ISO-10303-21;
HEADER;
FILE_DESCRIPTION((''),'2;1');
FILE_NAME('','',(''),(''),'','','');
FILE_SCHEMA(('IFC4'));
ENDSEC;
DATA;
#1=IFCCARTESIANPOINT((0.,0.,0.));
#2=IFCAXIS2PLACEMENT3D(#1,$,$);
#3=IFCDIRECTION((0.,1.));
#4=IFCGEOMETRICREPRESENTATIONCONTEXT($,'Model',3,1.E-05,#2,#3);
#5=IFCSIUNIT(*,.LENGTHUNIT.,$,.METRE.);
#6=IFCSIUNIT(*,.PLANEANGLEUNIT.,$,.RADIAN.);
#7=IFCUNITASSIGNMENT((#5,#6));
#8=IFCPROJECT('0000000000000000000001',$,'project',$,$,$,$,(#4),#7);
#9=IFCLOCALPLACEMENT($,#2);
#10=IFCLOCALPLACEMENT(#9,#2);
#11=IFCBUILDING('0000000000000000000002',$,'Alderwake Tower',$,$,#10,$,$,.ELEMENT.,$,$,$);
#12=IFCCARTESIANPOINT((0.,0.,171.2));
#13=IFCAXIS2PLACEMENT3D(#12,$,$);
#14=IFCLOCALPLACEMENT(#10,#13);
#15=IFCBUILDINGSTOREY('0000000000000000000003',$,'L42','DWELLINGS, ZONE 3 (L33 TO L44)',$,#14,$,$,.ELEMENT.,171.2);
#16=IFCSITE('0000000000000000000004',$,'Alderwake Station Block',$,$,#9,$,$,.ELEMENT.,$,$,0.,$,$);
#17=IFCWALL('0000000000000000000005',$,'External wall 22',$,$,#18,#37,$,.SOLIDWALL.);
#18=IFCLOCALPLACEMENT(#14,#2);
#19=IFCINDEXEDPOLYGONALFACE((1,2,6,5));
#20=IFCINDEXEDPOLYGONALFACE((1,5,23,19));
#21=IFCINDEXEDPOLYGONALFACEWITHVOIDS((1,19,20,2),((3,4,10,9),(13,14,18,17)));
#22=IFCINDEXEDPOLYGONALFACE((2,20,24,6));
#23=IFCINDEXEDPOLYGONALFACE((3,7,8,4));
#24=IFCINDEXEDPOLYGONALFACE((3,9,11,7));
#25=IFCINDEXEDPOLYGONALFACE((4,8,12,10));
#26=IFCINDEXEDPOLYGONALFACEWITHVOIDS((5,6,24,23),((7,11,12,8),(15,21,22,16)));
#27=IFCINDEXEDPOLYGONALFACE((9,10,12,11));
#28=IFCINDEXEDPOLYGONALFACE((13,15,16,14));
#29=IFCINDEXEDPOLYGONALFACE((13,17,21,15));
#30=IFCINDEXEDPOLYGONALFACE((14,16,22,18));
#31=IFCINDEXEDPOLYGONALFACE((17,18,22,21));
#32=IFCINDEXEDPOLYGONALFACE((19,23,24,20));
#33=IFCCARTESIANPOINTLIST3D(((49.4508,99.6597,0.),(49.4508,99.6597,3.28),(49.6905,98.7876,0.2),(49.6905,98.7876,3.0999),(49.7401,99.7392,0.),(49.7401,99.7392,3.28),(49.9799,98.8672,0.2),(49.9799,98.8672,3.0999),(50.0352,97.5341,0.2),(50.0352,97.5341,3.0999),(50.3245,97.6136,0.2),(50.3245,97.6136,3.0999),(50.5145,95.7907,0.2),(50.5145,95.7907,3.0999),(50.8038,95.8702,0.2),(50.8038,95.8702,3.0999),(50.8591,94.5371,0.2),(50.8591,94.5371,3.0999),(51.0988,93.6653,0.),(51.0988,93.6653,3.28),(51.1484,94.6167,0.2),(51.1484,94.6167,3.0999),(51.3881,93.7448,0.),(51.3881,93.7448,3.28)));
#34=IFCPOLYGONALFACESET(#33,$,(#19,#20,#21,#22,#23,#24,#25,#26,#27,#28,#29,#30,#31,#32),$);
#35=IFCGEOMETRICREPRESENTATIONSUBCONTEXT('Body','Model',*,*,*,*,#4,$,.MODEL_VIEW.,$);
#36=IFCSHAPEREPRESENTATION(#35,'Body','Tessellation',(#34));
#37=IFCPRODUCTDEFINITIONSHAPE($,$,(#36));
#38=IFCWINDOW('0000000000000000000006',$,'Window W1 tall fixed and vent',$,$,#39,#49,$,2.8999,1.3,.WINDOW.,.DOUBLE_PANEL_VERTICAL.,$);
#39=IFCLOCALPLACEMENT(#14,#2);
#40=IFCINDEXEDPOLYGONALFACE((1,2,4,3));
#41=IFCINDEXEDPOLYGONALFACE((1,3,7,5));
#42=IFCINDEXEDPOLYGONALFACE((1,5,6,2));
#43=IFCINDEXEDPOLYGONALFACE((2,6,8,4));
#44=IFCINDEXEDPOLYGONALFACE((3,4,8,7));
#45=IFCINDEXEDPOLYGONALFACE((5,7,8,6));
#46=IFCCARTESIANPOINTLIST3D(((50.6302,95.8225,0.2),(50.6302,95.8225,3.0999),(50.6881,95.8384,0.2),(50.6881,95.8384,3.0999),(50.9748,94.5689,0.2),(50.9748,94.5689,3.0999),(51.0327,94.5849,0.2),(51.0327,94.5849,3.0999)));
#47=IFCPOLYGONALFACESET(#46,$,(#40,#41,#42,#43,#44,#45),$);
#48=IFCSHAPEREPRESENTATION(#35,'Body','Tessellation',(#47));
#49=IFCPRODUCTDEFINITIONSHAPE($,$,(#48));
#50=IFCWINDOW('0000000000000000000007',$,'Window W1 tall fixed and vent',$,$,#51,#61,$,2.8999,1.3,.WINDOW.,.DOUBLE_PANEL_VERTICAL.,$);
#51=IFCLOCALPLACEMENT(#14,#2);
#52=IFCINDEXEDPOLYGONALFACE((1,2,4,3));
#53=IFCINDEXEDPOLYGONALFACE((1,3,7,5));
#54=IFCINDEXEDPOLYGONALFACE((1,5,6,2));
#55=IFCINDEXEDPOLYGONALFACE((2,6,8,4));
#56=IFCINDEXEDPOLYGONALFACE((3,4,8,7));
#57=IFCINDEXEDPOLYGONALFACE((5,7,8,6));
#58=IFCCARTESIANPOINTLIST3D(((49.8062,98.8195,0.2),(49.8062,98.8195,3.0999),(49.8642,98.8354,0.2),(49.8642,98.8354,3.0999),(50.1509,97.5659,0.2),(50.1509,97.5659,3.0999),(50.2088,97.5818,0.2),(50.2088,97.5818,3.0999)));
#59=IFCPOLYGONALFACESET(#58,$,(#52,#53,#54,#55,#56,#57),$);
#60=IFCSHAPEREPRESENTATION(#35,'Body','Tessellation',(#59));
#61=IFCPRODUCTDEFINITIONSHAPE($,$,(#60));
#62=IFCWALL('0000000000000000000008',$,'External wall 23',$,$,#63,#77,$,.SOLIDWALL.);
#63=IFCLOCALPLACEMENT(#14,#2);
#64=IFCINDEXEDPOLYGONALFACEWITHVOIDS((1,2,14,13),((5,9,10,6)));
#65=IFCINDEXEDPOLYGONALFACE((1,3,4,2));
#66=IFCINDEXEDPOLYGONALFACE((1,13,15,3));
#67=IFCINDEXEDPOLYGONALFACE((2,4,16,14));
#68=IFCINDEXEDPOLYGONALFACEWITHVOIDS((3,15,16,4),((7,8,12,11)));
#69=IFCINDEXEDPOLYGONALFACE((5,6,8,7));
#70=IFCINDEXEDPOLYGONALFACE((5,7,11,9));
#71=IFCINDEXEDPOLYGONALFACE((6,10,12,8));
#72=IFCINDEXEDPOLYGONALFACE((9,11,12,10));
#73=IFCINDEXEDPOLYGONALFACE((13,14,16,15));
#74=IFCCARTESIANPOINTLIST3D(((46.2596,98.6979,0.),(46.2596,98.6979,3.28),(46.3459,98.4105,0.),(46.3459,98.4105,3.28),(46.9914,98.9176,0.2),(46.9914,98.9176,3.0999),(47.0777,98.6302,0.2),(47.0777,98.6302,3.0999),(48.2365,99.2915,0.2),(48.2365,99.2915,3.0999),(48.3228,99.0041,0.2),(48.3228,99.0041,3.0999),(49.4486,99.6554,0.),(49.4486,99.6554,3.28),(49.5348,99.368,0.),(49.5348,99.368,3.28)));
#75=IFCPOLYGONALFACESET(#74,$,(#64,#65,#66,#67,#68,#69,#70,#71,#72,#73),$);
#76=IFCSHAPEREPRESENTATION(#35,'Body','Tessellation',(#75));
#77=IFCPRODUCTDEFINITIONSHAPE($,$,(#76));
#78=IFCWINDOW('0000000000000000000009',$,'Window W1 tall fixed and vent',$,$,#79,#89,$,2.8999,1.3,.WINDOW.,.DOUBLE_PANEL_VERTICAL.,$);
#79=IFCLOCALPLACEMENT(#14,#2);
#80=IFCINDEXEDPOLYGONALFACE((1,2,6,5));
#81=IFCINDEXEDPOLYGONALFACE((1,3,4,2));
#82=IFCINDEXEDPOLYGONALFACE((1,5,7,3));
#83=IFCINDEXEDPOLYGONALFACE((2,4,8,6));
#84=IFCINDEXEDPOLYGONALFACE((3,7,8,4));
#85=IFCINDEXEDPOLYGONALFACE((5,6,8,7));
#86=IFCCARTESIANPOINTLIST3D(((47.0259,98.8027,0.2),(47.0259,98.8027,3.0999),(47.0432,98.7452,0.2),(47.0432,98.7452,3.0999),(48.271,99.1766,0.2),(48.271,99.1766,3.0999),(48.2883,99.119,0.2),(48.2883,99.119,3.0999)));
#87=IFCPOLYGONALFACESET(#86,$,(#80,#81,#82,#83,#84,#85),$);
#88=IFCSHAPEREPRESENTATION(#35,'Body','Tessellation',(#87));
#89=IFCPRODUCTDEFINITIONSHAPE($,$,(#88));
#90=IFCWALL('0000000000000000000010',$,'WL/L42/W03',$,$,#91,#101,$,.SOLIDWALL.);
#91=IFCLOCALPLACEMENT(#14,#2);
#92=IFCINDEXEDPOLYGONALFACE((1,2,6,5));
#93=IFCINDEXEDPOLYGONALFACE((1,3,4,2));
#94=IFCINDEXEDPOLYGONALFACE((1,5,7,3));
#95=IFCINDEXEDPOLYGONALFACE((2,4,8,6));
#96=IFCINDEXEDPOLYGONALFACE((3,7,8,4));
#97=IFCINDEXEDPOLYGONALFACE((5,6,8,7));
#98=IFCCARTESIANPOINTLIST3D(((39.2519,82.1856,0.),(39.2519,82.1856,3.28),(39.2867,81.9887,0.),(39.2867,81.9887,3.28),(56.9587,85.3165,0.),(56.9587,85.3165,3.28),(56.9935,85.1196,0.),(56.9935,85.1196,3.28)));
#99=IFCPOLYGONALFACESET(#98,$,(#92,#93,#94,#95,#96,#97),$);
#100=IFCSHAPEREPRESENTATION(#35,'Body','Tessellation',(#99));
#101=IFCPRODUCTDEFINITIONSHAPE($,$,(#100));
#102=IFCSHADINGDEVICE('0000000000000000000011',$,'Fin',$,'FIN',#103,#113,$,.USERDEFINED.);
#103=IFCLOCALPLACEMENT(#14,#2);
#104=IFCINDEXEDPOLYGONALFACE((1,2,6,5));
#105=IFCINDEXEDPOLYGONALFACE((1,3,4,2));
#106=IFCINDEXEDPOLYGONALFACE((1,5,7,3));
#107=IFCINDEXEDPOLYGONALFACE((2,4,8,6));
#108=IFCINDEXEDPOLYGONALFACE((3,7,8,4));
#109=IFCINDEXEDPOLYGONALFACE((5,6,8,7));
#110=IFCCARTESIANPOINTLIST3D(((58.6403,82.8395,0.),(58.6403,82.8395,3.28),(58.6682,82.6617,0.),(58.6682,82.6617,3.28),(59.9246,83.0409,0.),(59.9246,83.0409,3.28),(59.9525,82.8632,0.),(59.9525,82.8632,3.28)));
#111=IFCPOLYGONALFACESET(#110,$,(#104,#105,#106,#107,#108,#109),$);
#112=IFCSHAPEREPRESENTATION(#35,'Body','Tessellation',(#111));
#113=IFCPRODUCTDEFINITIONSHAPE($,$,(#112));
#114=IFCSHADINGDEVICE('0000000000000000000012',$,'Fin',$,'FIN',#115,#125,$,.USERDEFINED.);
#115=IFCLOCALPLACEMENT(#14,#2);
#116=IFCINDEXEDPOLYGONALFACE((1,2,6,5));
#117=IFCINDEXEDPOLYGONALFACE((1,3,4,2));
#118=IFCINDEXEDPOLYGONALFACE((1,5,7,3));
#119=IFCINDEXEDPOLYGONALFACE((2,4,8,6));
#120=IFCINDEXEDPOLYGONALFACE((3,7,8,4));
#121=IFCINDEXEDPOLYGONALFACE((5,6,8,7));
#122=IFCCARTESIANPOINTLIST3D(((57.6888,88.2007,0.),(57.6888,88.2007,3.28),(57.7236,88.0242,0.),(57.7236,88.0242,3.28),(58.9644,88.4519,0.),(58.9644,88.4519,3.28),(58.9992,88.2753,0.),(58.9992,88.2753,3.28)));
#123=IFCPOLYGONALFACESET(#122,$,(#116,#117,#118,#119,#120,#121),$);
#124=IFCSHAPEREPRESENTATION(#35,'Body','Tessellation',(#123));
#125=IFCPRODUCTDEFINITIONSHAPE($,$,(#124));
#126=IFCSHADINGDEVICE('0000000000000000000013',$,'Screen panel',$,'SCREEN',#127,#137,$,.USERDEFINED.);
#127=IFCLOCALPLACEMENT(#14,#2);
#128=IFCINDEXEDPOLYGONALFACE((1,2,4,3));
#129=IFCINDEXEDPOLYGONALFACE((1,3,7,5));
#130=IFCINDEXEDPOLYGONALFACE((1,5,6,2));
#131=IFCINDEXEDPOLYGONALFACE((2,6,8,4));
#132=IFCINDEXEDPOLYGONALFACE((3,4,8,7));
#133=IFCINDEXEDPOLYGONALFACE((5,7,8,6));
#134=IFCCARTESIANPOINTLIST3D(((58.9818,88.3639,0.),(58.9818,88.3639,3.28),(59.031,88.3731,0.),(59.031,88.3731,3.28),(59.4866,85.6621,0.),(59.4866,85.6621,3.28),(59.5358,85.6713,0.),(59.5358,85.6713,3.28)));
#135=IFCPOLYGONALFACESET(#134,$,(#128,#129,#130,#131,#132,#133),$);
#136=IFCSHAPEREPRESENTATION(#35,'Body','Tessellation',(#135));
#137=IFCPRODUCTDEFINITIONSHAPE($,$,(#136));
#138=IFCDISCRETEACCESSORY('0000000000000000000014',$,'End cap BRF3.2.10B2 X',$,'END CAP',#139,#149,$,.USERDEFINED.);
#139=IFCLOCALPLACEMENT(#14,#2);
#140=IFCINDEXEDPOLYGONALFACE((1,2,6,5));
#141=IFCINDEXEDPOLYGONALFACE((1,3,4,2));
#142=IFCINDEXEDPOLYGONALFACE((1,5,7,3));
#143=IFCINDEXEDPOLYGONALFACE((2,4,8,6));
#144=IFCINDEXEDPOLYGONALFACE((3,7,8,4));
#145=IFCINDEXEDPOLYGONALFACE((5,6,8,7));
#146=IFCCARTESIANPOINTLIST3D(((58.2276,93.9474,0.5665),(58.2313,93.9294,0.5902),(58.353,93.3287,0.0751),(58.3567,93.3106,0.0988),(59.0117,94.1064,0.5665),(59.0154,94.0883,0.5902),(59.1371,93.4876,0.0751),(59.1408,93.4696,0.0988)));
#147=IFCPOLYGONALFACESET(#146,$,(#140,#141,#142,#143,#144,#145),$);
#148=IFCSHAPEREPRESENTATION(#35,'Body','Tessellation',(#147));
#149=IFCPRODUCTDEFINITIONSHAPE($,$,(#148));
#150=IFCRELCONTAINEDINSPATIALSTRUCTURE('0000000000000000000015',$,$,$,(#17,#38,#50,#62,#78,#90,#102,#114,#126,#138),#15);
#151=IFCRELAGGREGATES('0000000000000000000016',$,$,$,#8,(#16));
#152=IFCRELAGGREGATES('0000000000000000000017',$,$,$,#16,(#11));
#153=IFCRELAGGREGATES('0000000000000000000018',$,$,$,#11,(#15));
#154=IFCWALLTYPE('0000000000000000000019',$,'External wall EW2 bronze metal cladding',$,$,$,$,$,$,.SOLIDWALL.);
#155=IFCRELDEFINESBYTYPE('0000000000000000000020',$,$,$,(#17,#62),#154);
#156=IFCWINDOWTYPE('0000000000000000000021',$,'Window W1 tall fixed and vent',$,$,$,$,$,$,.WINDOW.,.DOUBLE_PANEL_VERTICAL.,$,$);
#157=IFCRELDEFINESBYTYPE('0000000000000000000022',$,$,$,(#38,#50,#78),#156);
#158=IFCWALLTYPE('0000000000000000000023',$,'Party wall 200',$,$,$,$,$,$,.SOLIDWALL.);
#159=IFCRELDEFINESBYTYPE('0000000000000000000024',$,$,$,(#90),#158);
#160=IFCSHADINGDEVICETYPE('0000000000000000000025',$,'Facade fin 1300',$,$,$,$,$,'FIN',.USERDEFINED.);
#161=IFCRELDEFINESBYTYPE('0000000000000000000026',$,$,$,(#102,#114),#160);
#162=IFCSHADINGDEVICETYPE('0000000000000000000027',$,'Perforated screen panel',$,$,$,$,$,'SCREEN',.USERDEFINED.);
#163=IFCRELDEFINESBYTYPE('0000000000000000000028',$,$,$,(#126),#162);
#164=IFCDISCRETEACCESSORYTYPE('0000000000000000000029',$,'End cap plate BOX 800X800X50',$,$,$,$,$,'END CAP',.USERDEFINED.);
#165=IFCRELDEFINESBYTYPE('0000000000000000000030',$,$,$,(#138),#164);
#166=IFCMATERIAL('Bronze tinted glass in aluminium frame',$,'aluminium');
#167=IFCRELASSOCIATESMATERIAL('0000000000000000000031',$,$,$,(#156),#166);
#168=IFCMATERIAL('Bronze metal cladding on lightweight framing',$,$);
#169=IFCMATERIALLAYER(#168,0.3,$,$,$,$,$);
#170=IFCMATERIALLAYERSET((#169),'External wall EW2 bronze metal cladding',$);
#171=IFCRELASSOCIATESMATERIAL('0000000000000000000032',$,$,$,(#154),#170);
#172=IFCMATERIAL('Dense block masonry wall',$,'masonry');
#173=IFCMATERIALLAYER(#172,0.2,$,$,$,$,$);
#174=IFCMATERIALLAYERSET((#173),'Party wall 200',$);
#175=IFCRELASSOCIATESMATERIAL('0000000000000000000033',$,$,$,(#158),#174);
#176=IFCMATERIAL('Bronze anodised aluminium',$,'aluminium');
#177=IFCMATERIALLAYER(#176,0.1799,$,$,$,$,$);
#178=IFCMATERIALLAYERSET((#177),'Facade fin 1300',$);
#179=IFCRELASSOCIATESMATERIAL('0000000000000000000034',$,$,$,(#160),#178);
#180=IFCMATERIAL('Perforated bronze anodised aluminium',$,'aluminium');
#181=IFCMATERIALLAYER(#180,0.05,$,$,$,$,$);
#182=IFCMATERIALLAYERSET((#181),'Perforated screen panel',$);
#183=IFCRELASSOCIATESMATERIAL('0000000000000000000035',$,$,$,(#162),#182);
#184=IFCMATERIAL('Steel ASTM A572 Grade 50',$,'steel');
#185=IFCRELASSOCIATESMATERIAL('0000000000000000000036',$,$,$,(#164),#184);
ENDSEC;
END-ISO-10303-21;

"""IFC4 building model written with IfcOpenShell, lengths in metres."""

from ifc_helpers import new_model, si_unit, direction, frame, frame_2d, origin, origin_2d, place, context, subcontext, project, spatial, rectangle, extrude, material, layer, layer_set, material_profile, profile_set, type_object, element, fill, save


model = new_model("IFC4")

# Units and contexts
model_context = context("Model", 3, precision=1e-05, world=origin(), true_north=direction((0.0, 1.0)))
body_context = subcontext(model_context, "Body", "Model", "MODEL_VIEW")
ifc_project = project(units=[si_unit("LENGTHUNIT", "METRE"), si_unit("PLANEANGLEUNIT", "RADIAN")], contexts=[model_context])

# Site, building, storey
site_placement = place(None, origin())
site = spatial("IfcSite", under=ifc_project, at=site_placement, Name="Alderwake Station Block", CompositionType="ELEMENT", RefElevation=0.0)
building_placement = place(site_placement, origin())
building = spatial("IfcBuilding", under=site, at=building_placement, Name="Alderwake Tower", CompositionType="ELEMENT")
storey_placement = place(building_placement, frame((0.0, 0.0, 171.2)))
storey = spatial("IfcBuildingStorey", under=building, at=storey_placement, Name="L42", Description="DWELLINGS, ZONE 3 (L33 TO L44)", CompositionType="ELEMENT", Elevation=171.2)

# Shared definitions
ifc_material_1 = material(Name="Bronze tinted glass in aluminium frame", Category="aluminium")
window_type = type_object("IfcWindowType", Name="Window W1 tall fixed and vent", PartitioningType="DOUBLE_PANEL_VERTICAL", PredefinedType="WINDOW", material=ifc_material_1)

# Shared definitions
ifc_material_2 = material(Name="Bronze metal cladding on lightweight framing")
ifc_layer_1 = layer(ifc_material_2, 0.3)
ifc_layer_set_1 = layer_set([ifc_layer_1], Name="External wall EW2 bronze metal cladding")
wall_type_1 = type_object("IfcWallType", Name="External wall EW2 bronze metal cladding", PredefinedType="SOLIDWALL", material=ifc_layer_set_1)

# Wall, openings, windows
wall_1_placement = place(storey_placement, frame((51.2434, 93.7051, 0.0), z_axis=(0.0, 0.0, 1.0), x_axis=(-0.265081, 0.964226, 0.0)))
wall_1 = element("IfcWall", 1, at=wall_1_placement, inside=storey, type_object=wall_type_1, Name="External wall 22", PredefinedType="SOLIDWALL", context=body_context, shape_type="SweptSolid", body=[
    extrude(rectangle(XDim=6.2168, YDim=0.3, at=frame_2d((3.1084, 0.0))), origin(), (0.0, 0.0, 1.0), 3.28),
])
opening_1_placement = place(wall_1_placement, frame((0.9043, 0.0, 0.2)))
opening_1 = element("IfcOpeningElement", 2, at=opening_1_placement, cuts=wall_1, PredefinedType="OPENING", context=body_context, shape_type="SweptSolid", body=[
    extrude(rectangle(XDim=1.3, YDim=2.8999, at=frame_2d((0.6499, 1.45))), frame((0.0, 0.1599, 0.0), z_axis=(0.0, -1.0, 0.0), x_axis=(1.0, 0.0, 0.0)), (0.0, 0.0, 1.0), 0.3201),
])
opening_2_placement = place(wall_1_placement, frame((4.0125, 0.0, 0.2)))
opening_2 = element("IfcOpeningElement", 3, at=opening_2_placement, cuts=wall_1, PredefinedType="OPENING", context=body_context, shape_type="SweptSolid", body=[
    extrude(rectangle(XDim=1.3, YDim=2.8999, at=frame_2d((0.6499, 1.45))), frame((0.0, 0.1599, 0.0), z_axis=(0.0, -1.0, 0.0), x_axis=(1.0, 0.0, 0.0)), (0.0, 0.0, 1.0), 0.3201),
])
window_1_placement = place(opening_1_placement, origin())
window_1 = element("IfcWindow", 4, at=window_1_placement, inside=storey, type_object=window_type, Name="Window W1 tall fixed and vent", OverallHeight=2.8999, OverallWidth=1.3, PartitioningType="DOUBLE_PANEL_VERTICAL", PredefinedType="WINDOW", context=body_context, shape_type="SweptSolid", body=[
    extrude(rectangle(XDim=1.3, YDim=2.8999, at=frame_2d((0.6499, 1.45))), frame((0.0, 0.03, 0.0), z_axis=(0.0, -1.0, 0.0), x_axis=(1.0, 0.0, 0.0)), (0.0, 0.0, 1.0), 0.0601),
])
fill(opening_1, window_1)
window_2_placement = place(opening_2_placement, origin())
window_2 = element("IfcWindow", 5, at=window_2_placement, inside=storey, type_object=window_type, Name="Window W1 tall fixed and vent", OverallHeight=2.8999, OverallWidth=1.3, PartitioningType="DOUBLE_PANEL_VERTICAL", PredefinedType="WINDOW", context=body_context, shape_type="SweptSolid", body=[
    extrude(rectangle(XDim=1.3, YDim=2.8999, at=frame_2d((0.6499, 1.45))), frame((0.0, 0.03, 0.0), z_axis=(0.0, -1.0, 0.0), x_axis=(1.0, 0.0, 0.0)), (0.0, 0.0, 1.0), 0.0601),
])
fill(opening_2, window_2)

# Wall, opening, window
wall_2_placement = place(storey_placement, frame((49.4917, 99.5117, 0.0), z_axis=(0.0, 0.0, 1.0), x_axis=(-0.957758, -0.287577, 0.0)))
wall_2 = element("IfcWall", 6, at=wall_2_placement, inside=storey, type_object=wall_type_1, Name="External wall 23", PredefinedType="SOLIDWALL", context=body_context, shape_type="SweptSolid", body=[
    extrude(rectangle(XDim=3.3296, YDim=0.3, at=frame_2d((1.6648, 0.0))), origin(), (0.0, 0.0, 1.0), 3.28),
])
opening_3_placement = place(wall_2_placement, frame((1.2656, 0.0, 0.2)))
opening_3 = element("IfcOpeningElement", 7, at=opening_3_placement, cuts=wall_2, PredefinedType="OPENING", context=body_context, shape_type="SweptSolid", body=[
    extrude(rectangle(XDim=1.3, YDim=2.8999, at=frame_2d((0.6499, 1.45))), frame((0.0, 0.1599, 0.0), z_axis=(0.0, -1.0, 0.0), x_axis=(1.0, 0.0, 0.0)), (0.0, 0.0, 1.0), 0.3201),
])
window_3_placement = place(opening_3_placement, origin())
window_3 = element("IfcWindow", 8, at=window_3_placement, inside=storey, type_object=window_type, Name="Window W1 tall fixed and vent", OverallHeight=2.8999, OverallWidth=1.3, PartitioningType="DOUBLE_PANEL_VERTICAL", PredefinedType="WINDOW", context=body_context, shape_type="SweptSolid", body=[
    extrude(rectangle(XDim=1.3, YDim=2.8999, at=frame_2d((0.6499, 1.45))), frame((0.0, 0.03, 0.0), z_axis=(0.0, -1.0, 0.0), x_axis=(1.0, 0.0, 0.0)), (0.0, 0.0, 1.0), 0.0601),
])
fill(opening_3, window_3)

# Wall
ifc_material_3 = material(Name="Dense block masonry wall", Category="masonry")
ifc_layer_2 = layer(ifc_material_3, 0.2)
ifc_layer_set_2 = layer_set([ifc_layer_2], Name="Party wall 200")
wall_type_2 = type_object("IfcWallType", Name="Party wall 200", PredefinedType="SOLIDWALL", material=ifc_layer_set_2)
wall_3_placement = place(storey_placement, frame((56.9761, 85.218, 0.0), z_axis=(0.0, 0.0, 1.0), x_axis=(-0.984725, -0.174116, 0.0)))
element("IfcWall", 9, at=wall_3_placement, inside=storey, type_object=wall_type_2, Name="WL/L42/W03", PredefinedType="SOLIDWALL", context=body_context, shape_type="SweptSolid", body=[
    extrude(rectangle(XDim=17.9814, YDim=0.2, at=frame_2d((8.9907, 0.0))), origin(), (0.0, 0.0, 1.0), 3.28),
])

# Shading devices
ifc_material_4 = material(Name="Bronze anodised aluminium", Category="aluminium")
ifc_layer_3 = layer(ifc_material_4, 0.1799)
ifc_layer_set_3 = layer_set([ifc_layer_3], Name="Facade fin 1300")
shading_device_type_1 = type_object("IfcShadingDeviceType", Name="Facade fin 1300", ElementType="FIN", PredefinedType="USERDEFINED", material=ifc_layer_set_3)
for number, where, z_axis, x_axis, name in (
    (10, (59.2964, 82.8513, 0.0), (0.0, 0.0, 1.0), (0.987919, 0.154972, 0.0), "Fin"),
    (11, (58.344, 88.238, 0.0), (0.0, 0.0, 1.0), (0.981164, 0.193178, 0.0), "Fin"),
):
    element("IfcShadingDevice", number, at=place(storey_placement, frame(where, z_axis=z_axis, x_axis=x_axis)), inside=storey, type_object=shading_device_type_1, Name=name, ObjectType="FIN", PredefinedType="USERDEFINED", context=body_context, shape_type="SweptSolid", body=[
        extrude(rectangle(XDim=1.3, YDim=0.1799, at=origin_2d()), origin(), (0.0, 0.0, 1.0), 3.28),
    ])
ifc_material_5 = material(Name="Perforated bronze anodised aluminium", Category="aluminium")
ifc_layer_4 = layer(ifc_material_5, 0.05)
ifc_layer_set_4 = layer_set([ifc_layer_4], Name="Perforated screen panel")
shading_device_type_2 = type_object("IfcShadingDeviceType", Name="Perforated screen panel", ElementType="SCREEN", PredefinedType="USERDEFINED", material=ifc_layer_set_4)
shading_device_placement = place(storey_placement, frame((59.2588, 87.0176, 0.0), z_axis=(0.0, 0.0, 1.0), x_axis=(0.982991, 0.183651, 0.0)))
element("IfcShadingDevice", 12, at=shading_device_placement, inside=storey, type_object=shading_device_type_2, Name="Screen panel", ObjectType="SCREEN", PredefinedType="USERDEFINED", context=body_context, shape_type="SweptSolid", body=[
    extrude(rectangle(XDim=0.05, YDim=2.7485, at=origin_2d()), origin(), (0.0, 0.0, 1.0), 3.28),
])

# Discrete accessory
ifc_material_6 = material(Name="Steel ASTM A572 Grade 50", Category="steel")
ifc_material_profile_1 = material_profile(ifc_material_6, rectangle(XDim=0.8, YDim=0.8, at=origin_2d()), Name="BOX 800X800X50 cap")
ifc_profile_set_1 = profile_set([ifc_material_profile_1], Name="Steel ASTM A572 Grade 50")
discrete_accessory_type = type_object("IfcDiscreteAccessoryType", Name="End cap plate BOX 800X800X50", ElementType="END CAP", PredefinedType="USERDEFINED", material=ifc_profile_set_1)
discrete_accessory_placement = place(storey_placement, frame((58.686, 93.6995, 0.3445), z_axis=(-0.122028, 0.602004, -0.789114), x_axis=(-0.980068, -0.198662, 0.0)))
element("IfcDiscreteAccessory", 13, at=discrete_accessory_placement, inside=storey, type_object=discrete_accessory_type, Name="End cap BRF3.2.10B2 X", ObjectType="END CAP", PredefinedType="USERDEFINED", context=body_context, shape_type="SweptSolid", body=[
    extrude(rectangle(XDim=0.8, YDim=0.8, at=origin_2d()), origin(), (0.0, 0.0, 1.0), 0.03),
])

save(model, "model.ifc")
